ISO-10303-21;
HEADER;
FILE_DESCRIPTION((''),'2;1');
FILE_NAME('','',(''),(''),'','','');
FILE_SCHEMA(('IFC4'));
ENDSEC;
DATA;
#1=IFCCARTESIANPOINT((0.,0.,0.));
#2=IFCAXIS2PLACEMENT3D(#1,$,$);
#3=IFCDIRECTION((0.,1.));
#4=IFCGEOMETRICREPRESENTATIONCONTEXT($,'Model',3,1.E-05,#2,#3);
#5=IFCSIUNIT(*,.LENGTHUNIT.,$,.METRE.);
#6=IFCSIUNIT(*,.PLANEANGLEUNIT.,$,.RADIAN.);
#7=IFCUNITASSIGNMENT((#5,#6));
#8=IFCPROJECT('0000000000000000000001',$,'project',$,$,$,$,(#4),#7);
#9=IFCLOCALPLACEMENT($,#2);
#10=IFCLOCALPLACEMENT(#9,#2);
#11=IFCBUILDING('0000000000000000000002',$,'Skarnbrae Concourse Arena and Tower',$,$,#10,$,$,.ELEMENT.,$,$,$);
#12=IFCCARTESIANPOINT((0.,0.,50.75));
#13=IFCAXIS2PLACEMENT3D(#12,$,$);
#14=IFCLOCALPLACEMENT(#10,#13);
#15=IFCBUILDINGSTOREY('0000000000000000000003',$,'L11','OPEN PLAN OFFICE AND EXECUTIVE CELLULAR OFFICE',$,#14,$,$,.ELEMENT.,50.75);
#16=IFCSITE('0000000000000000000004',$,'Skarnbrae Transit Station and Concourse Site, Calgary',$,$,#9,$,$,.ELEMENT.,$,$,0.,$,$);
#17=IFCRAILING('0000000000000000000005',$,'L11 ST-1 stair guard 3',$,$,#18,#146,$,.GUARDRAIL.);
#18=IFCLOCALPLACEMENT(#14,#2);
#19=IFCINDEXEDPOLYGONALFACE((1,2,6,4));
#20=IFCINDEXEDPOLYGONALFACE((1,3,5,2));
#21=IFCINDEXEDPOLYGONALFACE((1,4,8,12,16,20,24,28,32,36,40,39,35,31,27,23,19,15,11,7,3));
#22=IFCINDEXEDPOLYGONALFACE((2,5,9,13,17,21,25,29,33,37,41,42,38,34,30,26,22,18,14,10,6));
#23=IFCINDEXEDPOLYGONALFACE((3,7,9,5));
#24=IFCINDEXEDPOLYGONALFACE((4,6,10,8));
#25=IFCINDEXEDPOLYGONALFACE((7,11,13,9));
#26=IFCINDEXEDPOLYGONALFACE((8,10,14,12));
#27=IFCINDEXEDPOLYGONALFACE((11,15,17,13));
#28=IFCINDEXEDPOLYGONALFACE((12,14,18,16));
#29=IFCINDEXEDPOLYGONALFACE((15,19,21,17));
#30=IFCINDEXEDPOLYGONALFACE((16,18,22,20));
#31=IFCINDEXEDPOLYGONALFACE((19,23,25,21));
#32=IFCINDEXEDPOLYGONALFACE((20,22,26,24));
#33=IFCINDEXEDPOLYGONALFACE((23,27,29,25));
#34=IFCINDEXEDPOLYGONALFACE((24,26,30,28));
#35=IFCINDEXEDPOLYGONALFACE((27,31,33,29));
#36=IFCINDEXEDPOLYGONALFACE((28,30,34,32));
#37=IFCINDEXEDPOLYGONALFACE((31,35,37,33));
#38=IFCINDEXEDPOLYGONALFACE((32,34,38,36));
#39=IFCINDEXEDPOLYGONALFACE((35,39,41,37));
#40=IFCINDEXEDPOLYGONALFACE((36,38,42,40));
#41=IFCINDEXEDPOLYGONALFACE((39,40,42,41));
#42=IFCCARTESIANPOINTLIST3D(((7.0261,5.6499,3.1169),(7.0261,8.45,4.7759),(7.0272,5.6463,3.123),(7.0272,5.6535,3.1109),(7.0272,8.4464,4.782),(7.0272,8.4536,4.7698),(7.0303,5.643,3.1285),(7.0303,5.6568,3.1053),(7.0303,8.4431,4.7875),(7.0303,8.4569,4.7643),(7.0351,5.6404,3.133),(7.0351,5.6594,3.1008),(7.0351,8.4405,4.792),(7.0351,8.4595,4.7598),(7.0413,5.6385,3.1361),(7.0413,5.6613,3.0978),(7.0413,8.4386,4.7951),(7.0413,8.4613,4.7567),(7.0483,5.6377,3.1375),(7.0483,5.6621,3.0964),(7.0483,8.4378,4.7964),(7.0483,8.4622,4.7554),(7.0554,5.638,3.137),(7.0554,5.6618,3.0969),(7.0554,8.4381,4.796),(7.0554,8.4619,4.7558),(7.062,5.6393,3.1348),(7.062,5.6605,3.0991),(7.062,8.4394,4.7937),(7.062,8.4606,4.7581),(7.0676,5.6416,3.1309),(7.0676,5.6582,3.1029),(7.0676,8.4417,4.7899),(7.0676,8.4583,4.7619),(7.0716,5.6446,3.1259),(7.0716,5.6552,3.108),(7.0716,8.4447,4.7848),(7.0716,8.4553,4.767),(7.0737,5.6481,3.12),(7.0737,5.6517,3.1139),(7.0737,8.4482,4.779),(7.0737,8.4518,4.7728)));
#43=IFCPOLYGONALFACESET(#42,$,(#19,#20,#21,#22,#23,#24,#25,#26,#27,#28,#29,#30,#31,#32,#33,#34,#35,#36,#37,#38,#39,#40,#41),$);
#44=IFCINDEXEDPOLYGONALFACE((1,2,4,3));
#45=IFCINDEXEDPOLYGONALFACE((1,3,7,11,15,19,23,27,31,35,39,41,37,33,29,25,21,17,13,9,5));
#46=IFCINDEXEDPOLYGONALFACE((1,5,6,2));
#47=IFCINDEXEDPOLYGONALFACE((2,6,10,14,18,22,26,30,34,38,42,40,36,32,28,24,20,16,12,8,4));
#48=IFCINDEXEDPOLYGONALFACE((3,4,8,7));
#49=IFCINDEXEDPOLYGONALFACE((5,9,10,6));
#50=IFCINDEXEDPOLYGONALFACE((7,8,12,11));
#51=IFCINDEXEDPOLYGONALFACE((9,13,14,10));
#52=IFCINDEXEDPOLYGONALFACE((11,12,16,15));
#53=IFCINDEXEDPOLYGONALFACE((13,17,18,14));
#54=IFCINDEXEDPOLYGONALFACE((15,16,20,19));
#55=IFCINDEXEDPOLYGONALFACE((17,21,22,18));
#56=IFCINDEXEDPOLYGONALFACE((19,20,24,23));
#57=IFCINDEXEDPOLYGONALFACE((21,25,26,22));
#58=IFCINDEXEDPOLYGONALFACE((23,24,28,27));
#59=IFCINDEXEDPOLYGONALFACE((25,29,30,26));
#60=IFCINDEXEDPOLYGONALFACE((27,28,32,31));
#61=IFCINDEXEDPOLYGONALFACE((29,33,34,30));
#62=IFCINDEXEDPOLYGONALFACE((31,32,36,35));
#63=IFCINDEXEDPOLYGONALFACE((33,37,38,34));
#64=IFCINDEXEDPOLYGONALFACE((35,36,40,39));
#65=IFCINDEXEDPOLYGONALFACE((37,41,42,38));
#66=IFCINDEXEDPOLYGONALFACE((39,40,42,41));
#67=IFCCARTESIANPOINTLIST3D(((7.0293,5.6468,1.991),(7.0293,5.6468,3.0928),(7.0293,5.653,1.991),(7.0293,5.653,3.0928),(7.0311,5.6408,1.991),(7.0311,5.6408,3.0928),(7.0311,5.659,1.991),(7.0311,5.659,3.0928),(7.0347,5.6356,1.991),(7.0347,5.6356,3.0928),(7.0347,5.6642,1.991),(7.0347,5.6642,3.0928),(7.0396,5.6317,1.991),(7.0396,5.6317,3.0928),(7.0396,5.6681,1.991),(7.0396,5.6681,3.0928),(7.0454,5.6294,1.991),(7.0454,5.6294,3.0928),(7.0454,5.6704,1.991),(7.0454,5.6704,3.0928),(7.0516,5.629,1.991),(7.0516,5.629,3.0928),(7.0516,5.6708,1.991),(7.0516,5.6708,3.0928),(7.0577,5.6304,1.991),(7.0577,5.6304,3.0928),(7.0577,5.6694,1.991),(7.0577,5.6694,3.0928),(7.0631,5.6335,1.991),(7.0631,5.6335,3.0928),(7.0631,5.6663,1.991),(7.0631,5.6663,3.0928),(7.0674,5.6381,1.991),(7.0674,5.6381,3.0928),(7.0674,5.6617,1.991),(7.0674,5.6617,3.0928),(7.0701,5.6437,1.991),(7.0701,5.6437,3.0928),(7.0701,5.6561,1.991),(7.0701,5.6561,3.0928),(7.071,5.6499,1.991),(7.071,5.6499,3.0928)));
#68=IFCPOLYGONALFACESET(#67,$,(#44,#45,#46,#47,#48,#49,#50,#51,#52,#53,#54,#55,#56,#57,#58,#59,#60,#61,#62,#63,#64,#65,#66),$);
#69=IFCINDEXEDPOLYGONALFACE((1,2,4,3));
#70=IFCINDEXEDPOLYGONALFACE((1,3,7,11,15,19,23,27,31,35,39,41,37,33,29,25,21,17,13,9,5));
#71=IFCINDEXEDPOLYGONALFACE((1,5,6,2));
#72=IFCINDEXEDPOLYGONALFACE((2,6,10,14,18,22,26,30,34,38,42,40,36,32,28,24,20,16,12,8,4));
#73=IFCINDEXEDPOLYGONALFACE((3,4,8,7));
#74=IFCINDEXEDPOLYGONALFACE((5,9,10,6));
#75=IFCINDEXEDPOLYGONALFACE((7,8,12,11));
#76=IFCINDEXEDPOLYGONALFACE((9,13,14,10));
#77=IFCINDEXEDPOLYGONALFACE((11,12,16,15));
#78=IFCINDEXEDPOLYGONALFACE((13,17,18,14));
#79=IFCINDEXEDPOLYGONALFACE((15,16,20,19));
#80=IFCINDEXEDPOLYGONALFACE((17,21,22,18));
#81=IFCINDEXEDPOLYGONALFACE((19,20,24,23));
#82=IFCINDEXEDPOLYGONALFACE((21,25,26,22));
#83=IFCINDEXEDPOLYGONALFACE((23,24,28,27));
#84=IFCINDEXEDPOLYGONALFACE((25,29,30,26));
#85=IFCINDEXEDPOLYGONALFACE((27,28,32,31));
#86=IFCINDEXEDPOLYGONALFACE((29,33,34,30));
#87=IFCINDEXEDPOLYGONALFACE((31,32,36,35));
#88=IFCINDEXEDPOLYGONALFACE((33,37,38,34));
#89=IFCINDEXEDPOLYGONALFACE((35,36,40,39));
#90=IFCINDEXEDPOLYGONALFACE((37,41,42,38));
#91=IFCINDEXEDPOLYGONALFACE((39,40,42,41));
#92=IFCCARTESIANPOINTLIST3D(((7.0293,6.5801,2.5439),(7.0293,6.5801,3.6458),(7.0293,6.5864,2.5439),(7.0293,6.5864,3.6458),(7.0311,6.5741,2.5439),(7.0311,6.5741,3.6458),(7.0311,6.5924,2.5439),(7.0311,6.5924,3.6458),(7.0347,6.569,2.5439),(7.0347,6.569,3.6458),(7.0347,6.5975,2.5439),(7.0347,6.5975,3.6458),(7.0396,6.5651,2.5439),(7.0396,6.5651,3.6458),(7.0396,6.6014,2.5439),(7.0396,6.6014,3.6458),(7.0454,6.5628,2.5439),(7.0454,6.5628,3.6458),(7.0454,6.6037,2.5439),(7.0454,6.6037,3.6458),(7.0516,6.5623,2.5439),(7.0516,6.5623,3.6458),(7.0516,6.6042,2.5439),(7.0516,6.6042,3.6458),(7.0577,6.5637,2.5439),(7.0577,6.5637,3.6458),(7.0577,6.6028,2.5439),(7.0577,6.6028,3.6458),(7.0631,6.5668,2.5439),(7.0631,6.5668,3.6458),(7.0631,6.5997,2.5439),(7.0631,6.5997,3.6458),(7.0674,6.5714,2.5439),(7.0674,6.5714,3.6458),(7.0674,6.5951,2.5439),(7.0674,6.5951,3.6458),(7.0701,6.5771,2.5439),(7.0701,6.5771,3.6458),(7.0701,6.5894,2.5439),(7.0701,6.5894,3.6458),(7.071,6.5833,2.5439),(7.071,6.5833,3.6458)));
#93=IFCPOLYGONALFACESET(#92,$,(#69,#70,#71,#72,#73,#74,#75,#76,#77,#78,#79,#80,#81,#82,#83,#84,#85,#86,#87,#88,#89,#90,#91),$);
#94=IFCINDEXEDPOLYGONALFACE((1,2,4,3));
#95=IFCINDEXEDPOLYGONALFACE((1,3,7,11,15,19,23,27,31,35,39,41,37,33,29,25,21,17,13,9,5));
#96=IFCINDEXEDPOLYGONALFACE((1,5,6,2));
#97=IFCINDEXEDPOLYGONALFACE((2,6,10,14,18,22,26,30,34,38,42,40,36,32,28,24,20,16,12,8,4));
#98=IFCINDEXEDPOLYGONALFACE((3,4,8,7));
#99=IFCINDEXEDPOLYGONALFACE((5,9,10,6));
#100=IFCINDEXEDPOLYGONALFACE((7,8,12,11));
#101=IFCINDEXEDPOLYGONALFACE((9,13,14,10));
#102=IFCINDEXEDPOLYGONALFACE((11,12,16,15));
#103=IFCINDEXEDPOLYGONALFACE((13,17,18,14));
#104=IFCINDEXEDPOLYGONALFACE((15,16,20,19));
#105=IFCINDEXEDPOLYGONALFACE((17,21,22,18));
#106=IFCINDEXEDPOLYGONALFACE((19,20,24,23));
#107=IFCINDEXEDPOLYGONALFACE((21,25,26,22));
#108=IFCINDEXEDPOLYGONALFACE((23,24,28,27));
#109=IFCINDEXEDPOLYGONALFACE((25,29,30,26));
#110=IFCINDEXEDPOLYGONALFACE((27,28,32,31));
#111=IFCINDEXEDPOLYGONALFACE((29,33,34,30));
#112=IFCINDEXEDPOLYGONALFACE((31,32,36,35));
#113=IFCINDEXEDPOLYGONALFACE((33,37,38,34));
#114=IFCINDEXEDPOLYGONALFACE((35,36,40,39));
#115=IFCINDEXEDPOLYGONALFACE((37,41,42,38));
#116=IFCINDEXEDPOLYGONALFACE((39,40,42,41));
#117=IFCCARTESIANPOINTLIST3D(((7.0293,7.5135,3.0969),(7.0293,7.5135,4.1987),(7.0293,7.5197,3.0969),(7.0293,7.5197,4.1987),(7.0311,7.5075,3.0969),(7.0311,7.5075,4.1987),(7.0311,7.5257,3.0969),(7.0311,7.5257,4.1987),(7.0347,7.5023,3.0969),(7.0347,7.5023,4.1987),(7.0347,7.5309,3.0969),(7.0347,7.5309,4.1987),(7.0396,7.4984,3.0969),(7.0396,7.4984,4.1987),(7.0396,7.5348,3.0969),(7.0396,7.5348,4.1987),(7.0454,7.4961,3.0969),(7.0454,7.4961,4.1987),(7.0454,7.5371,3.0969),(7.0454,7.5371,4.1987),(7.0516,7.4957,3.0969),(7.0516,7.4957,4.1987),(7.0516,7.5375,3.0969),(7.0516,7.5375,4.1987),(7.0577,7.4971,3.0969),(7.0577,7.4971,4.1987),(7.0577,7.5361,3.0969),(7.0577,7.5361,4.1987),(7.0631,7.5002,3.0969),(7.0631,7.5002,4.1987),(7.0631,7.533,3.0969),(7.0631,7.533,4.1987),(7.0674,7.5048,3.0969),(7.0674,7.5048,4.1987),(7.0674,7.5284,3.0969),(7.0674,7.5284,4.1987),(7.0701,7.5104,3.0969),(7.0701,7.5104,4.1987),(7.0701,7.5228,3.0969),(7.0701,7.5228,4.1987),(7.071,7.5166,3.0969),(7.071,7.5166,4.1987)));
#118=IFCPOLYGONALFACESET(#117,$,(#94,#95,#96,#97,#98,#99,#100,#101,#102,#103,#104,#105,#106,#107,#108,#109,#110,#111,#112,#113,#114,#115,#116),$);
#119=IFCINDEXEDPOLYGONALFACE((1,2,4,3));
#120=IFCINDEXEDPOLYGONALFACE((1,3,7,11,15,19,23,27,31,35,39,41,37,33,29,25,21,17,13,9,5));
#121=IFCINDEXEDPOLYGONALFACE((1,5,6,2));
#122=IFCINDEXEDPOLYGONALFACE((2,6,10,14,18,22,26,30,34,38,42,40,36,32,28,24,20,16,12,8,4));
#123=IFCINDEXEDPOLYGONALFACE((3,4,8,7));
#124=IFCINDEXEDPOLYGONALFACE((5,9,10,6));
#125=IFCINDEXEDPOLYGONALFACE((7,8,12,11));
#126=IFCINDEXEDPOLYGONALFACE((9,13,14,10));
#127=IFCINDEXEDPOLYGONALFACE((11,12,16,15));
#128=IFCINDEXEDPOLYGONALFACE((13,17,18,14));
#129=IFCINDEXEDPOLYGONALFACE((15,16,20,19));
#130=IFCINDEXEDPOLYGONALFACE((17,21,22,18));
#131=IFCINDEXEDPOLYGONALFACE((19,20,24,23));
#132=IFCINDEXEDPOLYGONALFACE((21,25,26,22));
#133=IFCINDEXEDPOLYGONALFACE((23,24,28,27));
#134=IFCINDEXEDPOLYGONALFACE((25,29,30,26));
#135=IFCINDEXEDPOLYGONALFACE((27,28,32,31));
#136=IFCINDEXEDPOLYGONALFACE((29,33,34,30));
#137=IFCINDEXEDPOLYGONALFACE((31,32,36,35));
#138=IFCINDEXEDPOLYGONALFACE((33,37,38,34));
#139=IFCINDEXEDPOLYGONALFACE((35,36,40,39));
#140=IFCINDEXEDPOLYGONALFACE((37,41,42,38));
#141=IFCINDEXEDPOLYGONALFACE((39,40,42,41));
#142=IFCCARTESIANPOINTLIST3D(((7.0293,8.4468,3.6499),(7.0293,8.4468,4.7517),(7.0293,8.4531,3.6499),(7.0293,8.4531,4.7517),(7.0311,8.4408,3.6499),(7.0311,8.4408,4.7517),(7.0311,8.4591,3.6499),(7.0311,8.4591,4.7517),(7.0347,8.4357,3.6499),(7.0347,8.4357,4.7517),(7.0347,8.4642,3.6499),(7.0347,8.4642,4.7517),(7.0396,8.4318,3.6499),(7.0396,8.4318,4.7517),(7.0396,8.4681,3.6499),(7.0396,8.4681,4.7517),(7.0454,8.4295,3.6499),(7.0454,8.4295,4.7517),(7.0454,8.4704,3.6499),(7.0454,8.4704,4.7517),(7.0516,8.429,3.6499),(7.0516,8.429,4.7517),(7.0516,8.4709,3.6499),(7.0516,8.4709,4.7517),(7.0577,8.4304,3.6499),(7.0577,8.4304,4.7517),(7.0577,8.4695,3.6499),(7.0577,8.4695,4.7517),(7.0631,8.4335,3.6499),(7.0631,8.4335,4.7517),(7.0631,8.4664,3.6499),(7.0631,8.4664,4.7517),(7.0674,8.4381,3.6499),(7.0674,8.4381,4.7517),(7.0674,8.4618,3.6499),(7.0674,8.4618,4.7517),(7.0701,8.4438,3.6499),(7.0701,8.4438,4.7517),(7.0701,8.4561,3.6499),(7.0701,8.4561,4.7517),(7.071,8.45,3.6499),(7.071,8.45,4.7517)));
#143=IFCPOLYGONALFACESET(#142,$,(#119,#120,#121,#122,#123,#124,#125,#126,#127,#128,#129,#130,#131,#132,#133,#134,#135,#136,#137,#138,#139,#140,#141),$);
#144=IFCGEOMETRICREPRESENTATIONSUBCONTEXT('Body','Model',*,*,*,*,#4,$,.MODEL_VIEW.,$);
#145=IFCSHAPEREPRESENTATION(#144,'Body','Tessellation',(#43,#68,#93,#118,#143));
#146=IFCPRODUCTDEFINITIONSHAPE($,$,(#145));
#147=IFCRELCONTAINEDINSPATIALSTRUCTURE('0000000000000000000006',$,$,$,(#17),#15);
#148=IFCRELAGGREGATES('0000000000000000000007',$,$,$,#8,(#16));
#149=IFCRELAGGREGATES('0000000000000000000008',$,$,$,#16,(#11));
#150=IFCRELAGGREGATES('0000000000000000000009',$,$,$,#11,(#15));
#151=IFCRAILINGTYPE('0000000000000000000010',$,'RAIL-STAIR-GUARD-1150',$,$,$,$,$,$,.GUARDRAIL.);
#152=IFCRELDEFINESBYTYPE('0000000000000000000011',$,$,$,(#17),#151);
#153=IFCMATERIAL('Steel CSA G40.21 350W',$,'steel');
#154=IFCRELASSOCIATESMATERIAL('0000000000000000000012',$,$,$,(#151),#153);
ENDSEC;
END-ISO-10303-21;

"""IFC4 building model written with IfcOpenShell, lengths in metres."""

from ifc_helpers import new_model, si_unit, direction, frame, origin, origin_2d, place, context, subcontext, project, spatial, circle, extrude, material, type_object, element, save


model = new_model("IFC4")

# Units and contexts
model_context = context("Model", 3, precision=1e-05, world=origin(), true_north=direction((0.0, 1.0)))
body_context = subcontext(model_context, "Body", "Model", "MODEL_VIEW")
ifc_project = project(units=[si_unit("LENGTHUNIT", "METRE"), si_unit("PLANEANGLEUNIT", "RADIAN")], contexts=[model_context])

# Site, building, storey
site_placement = place(None, origin())
site = spatial("IfcSite", under=ifc_project, at=site_placement, Name="Skarnbrae Transit Station and Concourse Site, Calgary", CompositionType="ELEMENT", RefElevation=0.0)
building_placement = place(site_placement, origin())
building = spatial("IfcBuilding", under=site, at=building_placement, Name="Skarnbrae Concourse Arena and Tower", CompositionType="ELEMENT")
storey_placement = place(building_placement, frame((0.0, 0.0, 50.75)))
storey = spatial("IfcBuildingStorey", under=building, at=storey_placement, Name="L11", Description="OPEN PLAN OFFICE AND EXECUTIVE CELLULAR OFFICE", CompositionType="ELEMENT", Elevation=50.75)

# Shared definitions
ifc_material_1 = material(Name="Steel CSA G40.21 350W", Category="steel")

# Railing
railing_type_1 = type_object("IfcRailingType", Name="RAIL-STAIR-GUARD-1150", PredefinedType="GUARDRAIL", material=ifc_material_1)
railing_1_placement = place(storey_placement, frame((7.05, 5.6499, 1.991)))
element("IfcRailing", 1, at=railing_1_placement, inside=storey, type_object=railing_type_1, Name="L11 ST-1 stair guard 3", PredefinedType="GUARDRAIL", context=body_context, shape_type="SweptSolid", body=[
    extrude(circle(Radius=0.0239, at=origin_2d()), frame((0.0, 0.0, 1.126), z_axis=(0.0, 0.860339, 0.509722), x_axis=(-1.0, 0.0, 0.0)), (0.0, 0.0, 1.0), 3.2546),
    extrude(circle(Radius=0.021, at=origin_2d()), origin(), (0.0, 0.0, 1.0), 1.1018),
    extrude(circle(Radius=0.021, at=origin_2d()), frame((0.0, 0.9333, 0.553)), (0.0, 0.0, 1.0), 1.1018),
    extrude(circle(Radius=0.021, at=origin_2d()), frame((0.0, 1.8667, 1.106)), (0.0, 0.0, 1.0), 1.1018),
    extrude(circle(Radius=0.021, at=origin_2d()), frame((0.0, 2.8, 1.6589)), (0.0, 0.0, 1.0), 1.1018),
])

save(model, "model.ifc")
